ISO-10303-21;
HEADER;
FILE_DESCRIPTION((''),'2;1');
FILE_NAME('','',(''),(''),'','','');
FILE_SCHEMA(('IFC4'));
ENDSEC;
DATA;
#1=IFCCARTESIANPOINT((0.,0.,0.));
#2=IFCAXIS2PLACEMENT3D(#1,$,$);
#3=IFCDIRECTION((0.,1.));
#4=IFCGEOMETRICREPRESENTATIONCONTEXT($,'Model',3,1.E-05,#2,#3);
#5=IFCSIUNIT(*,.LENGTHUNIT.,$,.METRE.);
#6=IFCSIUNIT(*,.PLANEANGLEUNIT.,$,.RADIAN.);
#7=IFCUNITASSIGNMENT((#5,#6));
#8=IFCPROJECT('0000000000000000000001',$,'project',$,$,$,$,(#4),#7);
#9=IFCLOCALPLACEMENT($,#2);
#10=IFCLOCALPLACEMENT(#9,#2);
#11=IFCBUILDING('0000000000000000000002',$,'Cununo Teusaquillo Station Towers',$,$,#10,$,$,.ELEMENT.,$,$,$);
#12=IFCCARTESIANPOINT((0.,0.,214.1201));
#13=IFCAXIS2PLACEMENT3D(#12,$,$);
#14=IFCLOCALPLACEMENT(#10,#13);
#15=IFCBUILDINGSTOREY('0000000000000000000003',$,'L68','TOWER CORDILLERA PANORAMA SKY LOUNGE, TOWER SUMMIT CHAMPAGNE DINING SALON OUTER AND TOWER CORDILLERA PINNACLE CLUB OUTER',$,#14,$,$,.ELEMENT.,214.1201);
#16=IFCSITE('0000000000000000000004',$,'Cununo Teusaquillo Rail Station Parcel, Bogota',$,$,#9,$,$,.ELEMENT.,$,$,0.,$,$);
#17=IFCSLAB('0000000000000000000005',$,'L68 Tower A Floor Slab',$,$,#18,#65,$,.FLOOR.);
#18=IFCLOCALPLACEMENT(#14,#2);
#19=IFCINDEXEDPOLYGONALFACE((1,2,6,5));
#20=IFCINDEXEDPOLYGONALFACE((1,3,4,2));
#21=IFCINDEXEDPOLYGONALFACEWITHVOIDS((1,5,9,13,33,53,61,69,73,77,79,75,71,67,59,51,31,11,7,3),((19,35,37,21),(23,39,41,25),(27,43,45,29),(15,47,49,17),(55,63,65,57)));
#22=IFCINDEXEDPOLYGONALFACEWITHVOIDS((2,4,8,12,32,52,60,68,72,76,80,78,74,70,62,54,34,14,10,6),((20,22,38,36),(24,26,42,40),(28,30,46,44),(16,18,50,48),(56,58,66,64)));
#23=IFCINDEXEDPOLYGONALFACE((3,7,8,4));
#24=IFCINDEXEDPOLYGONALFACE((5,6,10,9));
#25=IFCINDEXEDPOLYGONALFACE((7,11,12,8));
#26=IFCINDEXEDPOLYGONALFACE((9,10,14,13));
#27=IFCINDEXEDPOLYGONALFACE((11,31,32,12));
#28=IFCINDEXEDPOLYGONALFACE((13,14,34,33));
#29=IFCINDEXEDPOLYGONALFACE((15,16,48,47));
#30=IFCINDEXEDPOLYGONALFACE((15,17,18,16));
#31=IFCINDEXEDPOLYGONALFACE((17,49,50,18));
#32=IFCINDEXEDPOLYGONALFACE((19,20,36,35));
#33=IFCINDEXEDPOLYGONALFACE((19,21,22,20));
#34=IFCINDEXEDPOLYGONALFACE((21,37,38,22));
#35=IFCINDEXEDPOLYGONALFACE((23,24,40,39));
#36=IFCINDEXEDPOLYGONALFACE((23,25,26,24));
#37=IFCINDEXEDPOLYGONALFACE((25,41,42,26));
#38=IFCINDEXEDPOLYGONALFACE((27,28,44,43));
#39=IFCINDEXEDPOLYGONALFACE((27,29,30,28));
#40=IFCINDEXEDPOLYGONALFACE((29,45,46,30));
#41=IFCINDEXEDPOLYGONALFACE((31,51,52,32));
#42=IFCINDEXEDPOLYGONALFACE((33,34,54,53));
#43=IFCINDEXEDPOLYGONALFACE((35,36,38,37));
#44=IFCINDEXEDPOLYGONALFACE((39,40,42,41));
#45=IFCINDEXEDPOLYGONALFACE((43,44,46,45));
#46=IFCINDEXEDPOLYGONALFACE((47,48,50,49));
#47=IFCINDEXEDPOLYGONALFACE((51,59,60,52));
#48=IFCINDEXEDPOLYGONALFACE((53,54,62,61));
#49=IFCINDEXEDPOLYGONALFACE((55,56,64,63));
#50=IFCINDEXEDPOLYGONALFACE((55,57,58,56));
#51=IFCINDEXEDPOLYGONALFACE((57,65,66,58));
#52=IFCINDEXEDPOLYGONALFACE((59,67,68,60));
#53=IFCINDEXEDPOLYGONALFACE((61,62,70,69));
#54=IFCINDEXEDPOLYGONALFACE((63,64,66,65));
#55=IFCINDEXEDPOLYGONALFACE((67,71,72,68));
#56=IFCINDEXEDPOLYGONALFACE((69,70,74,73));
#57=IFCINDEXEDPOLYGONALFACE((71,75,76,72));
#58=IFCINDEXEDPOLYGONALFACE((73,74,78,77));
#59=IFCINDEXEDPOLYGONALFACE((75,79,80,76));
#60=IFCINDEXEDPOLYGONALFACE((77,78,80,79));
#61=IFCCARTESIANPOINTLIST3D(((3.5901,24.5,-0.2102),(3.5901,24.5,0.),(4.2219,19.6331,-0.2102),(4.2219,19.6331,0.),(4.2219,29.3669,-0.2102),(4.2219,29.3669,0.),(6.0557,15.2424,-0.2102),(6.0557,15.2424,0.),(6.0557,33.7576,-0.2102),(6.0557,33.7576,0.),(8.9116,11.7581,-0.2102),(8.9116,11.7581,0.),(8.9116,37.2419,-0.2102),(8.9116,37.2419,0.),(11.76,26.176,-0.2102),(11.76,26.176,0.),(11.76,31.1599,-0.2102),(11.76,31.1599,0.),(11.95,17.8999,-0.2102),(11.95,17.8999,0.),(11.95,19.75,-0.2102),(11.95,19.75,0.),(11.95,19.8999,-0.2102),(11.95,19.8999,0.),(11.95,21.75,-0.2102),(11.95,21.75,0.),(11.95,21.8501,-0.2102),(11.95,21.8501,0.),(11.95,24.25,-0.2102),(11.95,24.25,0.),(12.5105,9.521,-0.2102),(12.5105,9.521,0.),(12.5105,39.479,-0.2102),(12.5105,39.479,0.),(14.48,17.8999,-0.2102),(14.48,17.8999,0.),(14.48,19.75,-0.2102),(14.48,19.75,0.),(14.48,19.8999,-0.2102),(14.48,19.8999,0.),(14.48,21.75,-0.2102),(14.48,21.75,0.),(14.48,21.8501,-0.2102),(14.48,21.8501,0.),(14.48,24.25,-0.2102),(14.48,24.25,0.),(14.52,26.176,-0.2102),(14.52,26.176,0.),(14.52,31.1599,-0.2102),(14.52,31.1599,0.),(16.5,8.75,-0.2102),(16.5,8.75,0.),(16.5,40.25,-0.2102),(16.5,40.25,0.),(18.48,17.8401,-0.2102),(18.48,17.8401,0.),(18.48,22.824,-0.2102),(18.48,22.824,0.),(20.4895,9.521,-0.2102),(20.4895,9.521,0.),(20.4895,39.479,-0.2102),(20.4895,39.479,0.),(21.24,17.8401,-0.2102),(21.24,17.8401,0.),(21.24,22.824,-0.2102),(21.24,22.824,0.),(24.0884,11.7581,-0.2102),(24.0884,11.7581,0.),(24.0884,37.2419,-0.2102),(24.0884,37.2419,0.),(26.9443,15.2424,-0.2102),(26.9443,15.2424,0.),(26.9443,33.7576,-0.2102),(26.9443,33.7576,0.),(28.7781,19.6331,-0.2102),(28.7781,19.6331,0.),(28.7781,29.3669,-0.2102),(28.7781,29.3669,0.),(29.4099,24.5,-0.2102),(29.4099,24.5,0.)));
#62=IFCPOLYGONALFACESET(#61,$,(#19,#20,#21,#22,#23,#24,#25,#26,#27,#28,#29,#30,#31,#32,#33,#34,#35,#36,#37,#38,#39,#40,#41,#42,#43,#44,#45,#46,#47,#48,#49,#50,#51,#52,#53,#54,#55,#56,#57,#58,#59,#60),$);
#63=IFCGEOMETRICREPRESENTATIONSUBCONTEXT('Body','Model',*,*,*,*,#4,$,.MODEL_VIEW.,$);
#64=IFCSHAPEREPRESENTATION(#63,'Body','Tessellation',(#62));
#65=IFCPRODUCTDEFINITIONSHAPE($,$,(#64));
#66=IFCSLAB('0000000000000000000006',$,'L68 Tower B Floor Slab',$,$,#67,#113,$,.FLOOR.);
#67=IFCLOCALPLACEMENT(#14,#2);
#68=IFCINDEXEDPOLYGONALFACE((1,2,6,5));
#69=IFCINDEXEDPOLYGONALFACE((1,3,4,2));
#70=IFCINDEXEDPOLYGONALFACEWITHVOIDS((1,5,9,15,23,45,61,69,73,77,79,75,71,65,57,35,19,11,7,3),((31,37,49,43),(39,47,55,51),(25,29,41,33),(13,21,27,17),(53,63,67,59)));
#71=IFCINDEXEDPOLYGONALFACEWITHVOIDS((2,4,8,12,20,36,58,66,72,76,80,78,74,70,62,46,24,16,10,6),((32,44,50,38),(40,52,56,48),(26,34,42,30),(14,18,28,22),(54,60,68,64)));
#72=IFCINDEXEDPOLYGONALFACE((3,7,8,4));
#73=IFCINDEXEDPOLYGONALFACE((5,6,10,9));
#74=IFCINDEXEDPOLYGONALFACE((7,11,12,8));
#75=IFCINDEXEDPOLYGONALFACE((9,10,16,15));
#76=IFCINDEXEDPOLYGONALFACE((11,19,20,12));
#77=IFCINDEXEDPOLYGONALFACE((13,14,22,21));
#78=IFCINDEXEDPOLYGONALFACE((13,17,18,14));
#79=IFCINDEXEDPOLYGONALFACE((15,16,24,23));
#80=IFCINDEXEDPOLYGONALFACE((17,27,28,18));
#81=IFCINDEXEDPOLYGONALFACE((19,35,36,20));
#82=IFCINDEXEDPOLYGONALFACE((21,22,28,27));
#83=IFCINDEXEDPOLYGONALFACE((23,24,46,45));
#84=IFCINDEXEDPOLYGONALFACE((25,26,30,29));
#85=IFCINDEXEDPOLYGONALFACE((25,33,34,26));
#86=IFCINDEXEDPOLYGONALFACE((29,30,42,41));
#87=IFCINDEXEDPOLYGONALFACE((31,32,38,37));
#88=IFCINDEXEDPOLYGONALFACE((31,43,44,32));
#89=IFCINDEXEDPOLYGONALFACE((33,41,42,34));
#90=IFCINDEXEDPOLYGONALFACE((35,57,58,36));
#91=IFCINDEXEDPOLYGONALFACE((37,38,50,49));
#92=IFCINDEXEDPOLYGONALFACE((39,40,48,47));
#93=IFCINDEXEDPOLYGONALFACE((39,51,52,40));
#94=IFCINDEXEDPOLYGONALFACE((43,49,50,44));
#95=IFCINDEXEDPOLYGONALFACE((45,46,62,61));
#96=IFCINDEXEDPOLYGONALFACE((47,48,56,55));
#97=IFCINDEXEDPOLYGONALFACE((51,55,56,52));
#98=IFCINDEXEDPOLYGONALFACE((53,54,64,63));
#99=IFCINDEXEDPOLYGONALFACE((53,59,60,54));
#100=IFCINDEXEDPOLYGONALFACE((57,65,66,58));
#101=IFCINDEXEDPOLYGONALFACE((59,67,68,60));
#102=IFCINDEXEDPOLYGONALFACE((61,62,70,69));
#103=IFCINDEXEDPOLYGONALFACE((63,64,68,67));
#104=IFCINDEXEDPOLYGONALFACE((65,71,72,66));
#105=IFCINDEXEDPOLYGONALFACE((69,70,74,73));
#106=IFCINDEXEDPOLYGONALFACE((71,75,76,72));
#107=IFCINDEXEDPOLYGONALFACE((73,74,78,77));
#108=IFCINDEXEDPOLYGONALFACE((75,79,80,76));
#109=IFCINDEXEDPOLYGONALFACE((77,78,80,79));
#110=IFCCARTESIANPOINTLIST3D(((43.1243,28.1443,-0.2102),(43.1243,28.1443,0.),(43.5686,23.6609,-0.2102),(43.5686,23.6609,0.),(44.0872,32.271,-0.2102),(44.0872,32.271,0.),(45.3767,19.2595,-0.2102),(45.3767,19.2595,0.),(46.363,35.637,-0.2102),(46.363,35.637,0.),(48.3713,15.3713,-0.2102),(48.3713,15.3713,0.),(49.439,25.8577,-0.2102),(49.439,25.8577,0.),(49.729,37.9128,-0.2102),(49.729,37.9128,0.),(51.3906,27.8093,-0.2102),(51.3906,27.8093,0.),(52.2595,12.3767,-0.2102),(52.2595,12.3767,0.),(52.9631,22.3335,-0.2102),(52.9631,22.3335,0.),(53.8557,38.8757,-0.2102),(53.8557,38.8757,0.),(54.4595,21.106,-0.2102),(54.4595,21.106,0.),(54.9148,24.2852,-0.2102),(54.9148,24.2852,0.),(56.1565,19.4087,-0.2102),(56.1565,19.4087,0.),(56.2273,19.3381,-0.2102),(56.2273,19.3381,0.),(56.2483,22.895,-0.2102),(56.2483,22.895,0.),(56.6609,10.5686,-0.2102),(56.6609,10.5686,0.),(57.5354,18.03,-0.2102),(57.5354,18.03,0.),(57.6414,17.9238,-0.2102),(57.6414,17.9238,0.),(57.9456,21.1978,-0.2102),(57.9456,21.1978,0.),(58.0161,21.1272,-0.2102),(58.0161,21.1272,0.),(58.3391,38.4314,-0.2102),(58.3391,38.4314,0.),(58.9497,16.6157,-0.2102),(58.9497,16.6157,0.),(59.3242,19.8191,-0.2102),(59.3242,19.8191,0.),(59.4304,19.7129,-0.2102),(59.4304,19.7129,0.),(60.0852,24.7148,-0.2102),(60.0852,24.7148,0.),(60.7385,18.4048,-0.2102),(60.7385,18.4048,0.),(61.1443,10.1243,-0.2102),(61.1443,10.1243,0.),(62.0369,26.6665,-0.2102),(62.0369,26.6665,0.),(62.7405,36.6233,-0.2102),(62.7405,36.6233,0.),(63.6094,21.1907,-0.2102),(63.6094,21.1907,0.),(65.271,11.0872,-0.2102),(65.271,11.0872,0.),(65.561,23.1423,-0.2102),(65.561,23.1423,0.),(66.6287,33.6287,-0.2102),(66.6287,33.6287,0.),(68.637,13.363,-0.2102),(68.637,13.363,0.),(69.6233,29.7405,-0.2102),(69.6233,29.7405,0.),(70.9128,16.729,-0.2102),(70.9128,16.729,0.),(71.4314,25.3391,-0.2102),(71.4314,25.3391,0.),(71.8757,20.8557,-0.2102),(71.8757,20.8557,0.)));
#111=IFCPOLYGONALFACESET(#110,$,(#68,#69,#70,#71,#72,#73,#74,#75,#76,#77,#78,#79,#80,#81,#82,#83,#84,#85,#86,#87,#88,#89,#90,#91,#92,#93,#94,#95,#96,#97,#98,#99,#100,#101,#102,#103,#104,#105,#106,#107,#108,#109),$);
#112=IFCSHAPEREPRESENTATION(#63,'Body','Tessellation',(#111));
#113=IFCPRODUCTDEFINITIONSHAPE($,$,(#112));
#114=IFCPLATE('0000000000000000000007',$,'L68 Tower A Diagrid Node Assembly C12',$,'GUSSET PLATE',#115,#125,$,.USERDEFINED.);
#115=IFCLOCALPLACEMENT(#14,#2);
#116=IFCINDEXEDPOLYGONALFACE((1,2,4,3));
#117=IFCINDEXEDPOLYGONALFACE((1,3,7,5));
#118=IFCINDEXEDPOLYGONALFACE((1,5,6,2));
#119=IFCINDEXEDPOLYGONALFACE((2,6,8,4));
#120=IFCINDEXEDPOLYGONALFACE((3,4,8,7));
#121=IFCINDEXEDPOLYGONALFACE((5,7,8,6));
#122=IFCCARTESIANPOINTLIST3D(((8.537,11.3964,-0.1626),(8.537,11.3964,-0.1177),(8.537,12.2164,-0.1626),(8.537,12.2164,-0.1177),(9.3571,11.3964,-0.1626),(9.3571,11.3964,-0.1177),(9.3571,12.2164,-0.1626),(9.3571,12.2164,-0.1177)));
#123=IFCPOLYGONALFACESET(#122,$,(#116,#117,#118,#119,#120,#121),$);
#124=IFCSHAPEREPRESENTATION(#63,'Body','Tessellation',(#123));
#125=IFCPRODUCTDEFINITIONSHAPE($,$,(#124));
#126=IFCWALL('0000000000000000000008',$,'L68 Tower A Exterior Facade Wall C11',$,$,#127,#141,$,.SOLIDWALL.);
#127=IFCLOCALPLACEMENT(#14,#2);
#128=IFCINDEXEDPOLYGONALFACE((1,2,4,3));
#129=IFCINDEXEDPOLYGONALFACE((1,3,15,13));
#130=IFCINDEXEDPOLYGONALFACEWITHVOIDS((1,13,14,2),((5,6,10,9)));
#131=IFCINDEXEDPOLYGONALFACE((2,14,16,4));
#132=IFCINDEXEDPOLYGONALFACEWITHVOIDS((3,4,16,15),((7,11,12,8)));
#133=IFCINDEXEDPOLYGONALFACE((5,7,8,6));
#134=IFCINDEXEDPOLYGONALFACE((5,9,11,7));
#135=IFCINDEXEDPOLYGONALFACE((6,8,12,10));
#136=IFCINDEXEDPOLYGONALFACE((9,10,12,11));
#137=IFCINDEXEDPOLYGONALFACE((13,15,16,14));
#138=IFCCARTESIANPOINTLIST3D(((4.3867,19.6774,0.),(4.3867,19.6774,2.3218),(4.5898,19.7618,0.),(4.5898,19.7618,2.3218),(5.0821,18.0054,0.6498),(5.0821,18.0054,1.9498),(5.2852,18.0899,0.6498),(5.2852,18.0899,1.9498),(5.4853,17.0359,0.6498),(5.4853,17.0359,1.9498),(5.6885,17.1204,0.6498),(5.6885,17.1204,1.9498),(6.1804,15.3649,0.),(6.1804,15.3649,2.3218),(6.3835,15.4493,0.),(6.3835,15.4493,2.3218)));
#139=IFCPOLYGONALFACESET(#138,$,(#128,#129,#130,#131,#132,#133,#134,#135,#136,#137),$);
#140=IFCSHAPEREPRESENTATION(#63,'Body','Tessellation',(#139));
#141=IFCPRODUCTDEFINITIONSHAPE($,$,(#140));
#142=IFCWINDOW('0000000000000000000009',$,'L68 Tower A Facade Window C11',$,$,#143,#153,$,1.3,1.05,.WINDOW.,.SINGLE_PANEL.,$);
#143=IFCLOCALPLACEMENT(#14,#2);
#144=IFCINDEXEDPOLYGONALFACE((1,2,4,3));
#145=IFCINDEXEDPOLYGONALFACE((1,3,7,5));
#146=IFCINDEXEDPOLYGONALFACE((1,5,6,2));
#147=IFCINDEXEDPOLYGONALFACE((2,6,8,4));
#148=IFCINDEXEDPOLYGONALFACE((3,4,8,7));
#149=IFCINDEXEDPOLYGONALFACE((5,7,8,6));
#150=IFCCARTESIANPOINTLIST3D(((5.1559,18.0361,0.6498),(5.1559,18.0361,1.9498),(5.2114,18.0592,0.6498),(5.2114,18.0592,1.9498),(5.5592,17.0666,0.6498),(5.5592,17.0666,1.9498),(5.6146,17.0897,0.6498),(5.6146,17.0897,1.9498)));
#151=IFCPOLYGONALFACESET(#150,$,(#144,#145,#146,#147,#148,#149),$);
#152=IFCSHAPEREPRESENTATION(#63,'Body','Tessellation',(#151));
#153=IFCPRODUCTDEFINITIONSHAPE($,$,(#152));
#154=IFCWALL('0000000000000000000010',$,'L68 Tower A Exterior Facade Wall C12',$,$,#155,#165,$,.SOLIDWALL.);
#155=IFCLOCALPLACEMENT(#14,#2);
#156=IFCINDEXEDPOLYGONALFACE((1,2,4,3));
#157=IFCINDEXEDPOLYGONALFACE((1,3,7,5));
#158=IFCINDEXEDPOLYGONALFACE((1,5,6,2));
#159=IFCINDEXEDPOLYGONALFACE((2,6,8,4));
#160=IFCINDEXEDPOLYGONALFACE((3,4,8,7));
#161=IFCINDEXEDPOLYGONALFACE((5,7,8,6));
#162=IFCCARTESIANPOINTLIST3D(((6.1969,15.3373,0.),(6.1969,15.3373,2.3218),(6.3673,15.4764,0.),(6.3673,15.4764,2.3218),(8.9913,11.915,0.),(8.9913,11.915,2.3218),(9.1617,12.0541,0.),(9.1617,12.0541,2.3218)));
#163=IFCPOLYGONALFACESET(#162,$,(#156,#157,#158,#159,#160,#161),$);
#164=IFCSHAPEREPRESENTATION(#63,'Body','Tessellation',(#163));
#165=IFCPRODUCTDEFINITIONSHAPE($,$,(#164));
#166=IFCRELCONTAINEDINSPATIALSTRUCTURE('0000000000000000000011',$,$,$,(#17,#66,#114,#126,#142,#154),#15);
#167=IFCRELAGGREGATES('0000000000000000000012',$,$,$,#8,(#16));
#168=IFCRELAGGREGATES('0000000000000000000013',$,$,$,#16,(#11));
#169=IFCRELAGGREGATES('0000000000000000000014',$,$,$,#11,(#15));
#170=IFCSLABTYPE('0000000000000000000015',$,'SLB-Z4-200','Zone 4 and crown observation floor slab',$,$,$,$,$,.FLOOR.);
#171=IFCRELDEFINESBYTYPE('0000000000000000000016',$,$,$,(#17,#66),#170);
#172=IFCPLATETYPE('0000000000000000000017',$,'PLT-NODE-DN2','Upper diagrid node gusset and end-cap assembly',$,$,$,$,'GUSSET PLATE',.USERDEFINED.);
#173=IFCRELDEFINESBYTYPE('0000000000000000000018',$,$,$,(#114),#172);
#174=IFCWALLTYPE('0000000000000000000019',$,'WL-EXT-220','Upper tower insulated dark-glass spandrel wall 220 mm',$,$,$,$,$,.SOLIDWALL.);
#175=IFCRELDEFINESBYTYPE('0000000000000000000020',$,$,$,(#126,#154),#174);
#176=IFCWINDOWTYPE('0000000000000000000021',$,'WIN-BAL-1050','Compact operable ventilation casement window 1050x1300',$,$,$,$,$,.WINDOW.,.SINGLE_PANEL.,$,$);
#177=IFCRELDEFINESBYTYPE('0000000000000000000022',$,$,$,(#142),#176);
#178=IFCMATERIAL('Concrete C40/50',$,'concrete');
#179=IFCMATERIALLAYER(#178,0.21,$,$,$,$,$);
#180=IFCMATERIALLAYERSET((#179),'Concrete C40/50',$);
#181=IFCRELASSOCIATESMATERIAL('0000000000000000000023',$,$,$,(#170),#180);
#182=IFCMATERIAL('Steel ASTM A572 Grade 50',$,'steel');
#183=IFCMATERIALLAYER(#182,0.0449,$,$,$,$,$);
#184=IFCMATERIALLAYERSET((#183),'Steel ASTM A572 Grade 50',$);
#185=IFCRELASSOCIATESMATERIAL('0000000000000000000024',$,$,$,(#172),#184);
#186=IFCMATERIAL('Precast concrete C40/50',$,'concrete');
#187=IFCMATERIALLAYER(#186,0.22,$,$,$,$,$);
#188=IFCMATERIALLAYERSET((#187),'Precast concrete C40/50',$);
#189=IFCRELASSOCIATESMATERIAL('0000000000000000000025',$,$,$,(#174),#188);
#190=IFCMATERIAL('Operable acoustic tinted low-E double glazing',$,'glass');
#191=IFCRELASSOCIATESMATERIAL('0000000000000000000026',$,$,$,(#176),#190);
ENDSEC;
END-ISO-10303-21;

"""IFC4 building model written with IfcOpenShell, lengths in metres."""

from ifc_helpers import new_model, si_unit, direction, frame, frame_2d, origin, origin_2d, place, context, subcontext, project, spatial, polyline, rectangle, outline, extrude, source, transform, mapped, material, layer, layer_set, type_object, element, fill, save


model = new_model("IFC4")

# Units and contexts
model_context = context("Model", 3, precision=1e-05, world=origin(), true_north=direction((0.0, 1.0)))
body_context = subcontext(model_context, "Body", "Model", "MODEL_VIEW")
ifc_project = project(units=[si_unit("LENGTHUNIT", "METRE"), si_unit("PLANEANGLEUNIT", "RADIAN")], contexts=[model_context])

# Site, building, storey
site_placement = place(None, origin())
site = spatial("IfcSite", under=ifc_project, at=site_placement, Name="Cununo Teusaquillo Rail Station Parcel, Bogota", CompositionType="ELEMENT", RefElevation=0.0)
building_placement = place(site_placement, origin())
building = spatial("IfcBuilding", under=site, at=building_placement, Name="Cununo Teusaquillo Station Towers", CompositionType="ELEMENT")
storey_placement = place(building_placement, frame((0.0, 0.0, 214.1201)))
storey = spatial("IfcBuildingStorey", under=building, at=storey_placement, Name="L68", Description="TOWER CORDILLERA PANORAMA SKY LOUNGE, TOWER SUMMIT CHAMPAGNE DINING SALON OUTER AND TOWER CORDILLERA PINNACLE CLUB OUTER", CompositionType="ELEMENT", Elevation=214.1201)

# Slabs
ifc_material_1 = material(Name="Concrete C40/50", Category="concrete")
ifc_layer_1 = layer(ifc_material_1, 0.21)
ifc_layer_set_1 = layer_set([ifc_layer_1], Name="Concrete C40/50")
slab_type_1 = type_object("IfcSlabType", Name="SLB-Z4-200", Description="Zone 4 and crown observation floor slab", PredefinedType="FLOOR", material=ifc_layer_set_1)
slab_1_placement = place(storey_placement, frame((0.0, 0.0, -0.2102)))
element("IfcSlab", 1, at=slab_1_placement, inside=storey, type_object=slab_type_1, Name="L68 Tower A Floor Slab", PredefinedType="FLOOR", context=body_context, shape_type="SweptSolid", body=[
    extrude(outline(polyline([(29.4099, 24.5), (28.7781, 29.3669), (26.9443, 33.7576), (24.0884, 37.2419), (20.4895, 39.479), (16.5, 40.25), (12.5105, 39.479), (8.9116, 37.2419), (6.0557, 33.7576), (4.2219, 29.3669), (3.5901, 24.5), (4.2219, 19.6331), (6.0557, 15.2424), (8.9116, 11.7581), (12.5105, 9.521), (16.5, 8.75), (20.4895, 9.521), (24.0884, 11.7581), (26.9443, 15.2424), (28.7781, 19.6331), (29.4099, 24.5)]), holes=[polyline([(14.52, 26.176), (14.52, 31.1599), (11.76, 31.1599), (11.76, 26.176), (14.52, 26.176)]), polyline([(18.48, 22.824), (18.48, 17.8401), (21.24, 17.8401), (21.24, 22.824), (18.48, 22.824)]), polyline([(11.95, 21.8501), (14.48, 21.8501), (14.48, 24.25), (11.95, 24.25), (11.95, 21.8501)]), polyline([(11.95, 17.8999), (14.48, 17.8999), (14.48, 19.75), (11.95, 19.75), (11.95, 17.8999)]), polyline([(11.95, 19.8999), (14.48, 19.8999), (14.48, 21.75), (11.95, 21.75), (11.95, 19.8999)])]), origin(), (0.0, 0.0, 1.0), 0.2102),
])
slab_2_placement = place(storey_placement, frame((0.0, 0.0, -0.2102)))
element("IfcSlab", 2, at=slab_2_placement, inside=storey, type_object=slab_type_1, Name="L68 Tower B Floor Slab", PredefinedType="FLOOR", context=body_context, shape_type="SweptSolid", body=[
    extrude(outline(polyline([(66.6287, 33.6287), (62.7405, 36.6233), (58.3391, 38.4314), (53.8557, 38.8757), (49.729, 37.9128), (46.363, 35.637), (44.0872, 32.271), (43.1243, 28.1443), (43.5686, 23.6609), (45.3767, 19.2595), (48.3713, 15.3713), (52.2595, 12.3767), (56.6609, 10.5686), (61.1443, 10.1243), (65.271, 11.0872), (68.637, 13.363), (70.9128, 16.729), (71.8757, 20.8557), (71.4314, 25.3391), (69.6233, 29.7405), (66.6287, 33.6287)]), holes=[polyline([(54.9148, 24.2852), (51.3906, 27.8093), (49.439, 25.8577), (52.9631, 22.3335), (54.9148, 24.2852)]), polyline([(60.0852, 24.7148), (63.6094, 21.1907), (65.561, 23.1423), (62.0369, 26.6665), (60.0852, 24.7148)]), polyline([(56.1565, 19.4087), (57.9456, 21.1978), (56.2483, 22.895), (54.4595, 21.106), (56.1565, 19.4087)]), polyline([(58.9497, 16.6157), (60.7385, 18.4048), (59.4304, 19.7129), (57.6414, 17.9238), (58.9497, 16.6157)]), polyline([(57.5354, 18.03), (59.3242, 19.8191), (58.0161, 21.1272), (56.2273, 19.3381), (57.5354, 18.03)])]), origin(), (0.0, 0.0, 1.0), 0.2102),
])

# Plate
ifc_material_2 = material(Name="Steel ASTM A572 Grade 50", Category="steel")
ifc_layer_2 = layer(ifc_material_2, 0.0449)
ifc_layer_set_2 = layer_set([ifc_layer_2], Name="Steel ASTM A572 Grade 50")
plate_type = type_object("IfcPlateType", Name="PLT-NODE-DN2", Description="Upper diagrid node gusset and end-cap assembly", ElementType="GUSSET PLATE", PredefinedType="USERDEFINED", material=ifc_layer_set_2)
shared_shape_1 = source(origin(), body_context, "Body", "SweptSolid", [
    extrude(rectangle(XDim=0.8201, YDim=0.8201, at=origin_2d()), origin(), (0.0, 0.0, 1.0), 0.0449),
])
plate_placement = place(storey_placement, frame((8.947, 11.8064, -0.1626), z_axis=(0.0, 0.0, 1.0), x_axis=(1.0, 0.0, 0.0)))
element("IfcPlate", 3, at=plate_placement, inside=storey, type_object=plate_type, Name="L68 Tower A Diagrid Node Assembly C12", ObjectType="GUSSET PLATE", PredefinedType="USERDEFINED", context=body_context, shape_type="MappedRepresentation", body=[
    mapped(shared_shape_1, transform((0.0, 0.0, 0.0), x_axis=(1.0, 0.0, 0.0), y_axis=(0.0, 1.0, 0.0), z_axis=(0.0, 0.0, 1.0), scale=1.0)),
])

# Wall, opening, window
ifc_material_3 = material(Name="Precast concrete C40/50", Category="concrete")
ifc_layer_3 = layer(ifc_material_3, 0.22)
ifc_layer_set_3 = layer_set([ifc_layer_3], Name="Precast concrete C40/50")
wall_type_1 = type_object("IfcWallType", Name="WL-EXT-220", Description="Upper tower insulated dark-glass spandrel wall 220 mm", PredefinedType="SOLIDWALL", material=ifc_layer_set_3)
wall_1_placement = place(storey_placement, frame((6.282, 15.407, 0.0), z_axis=(0.0, 0.0, 1.0), x_axis=(-0.384036, 0.923318, 0.0)))
wall_1 = element("IfcWall", 4, at=wall_1_placement, inside=storey, type_object=wall_type_1, Name="L68 Tower A Exterior Facade Wall C11", PredefinedType="SOLIDWALL", context=body_context, shape_type="SweptSolid", body=[
    extrude(rectangle(XDim=4.6707, YDim=0.22, at=frame_2d((2.3354, 0.0))), origin(), (0.0, 0.0, 1.0), 2.3218),
])
shared_shape_2 = source(origin(), body_context, "Body", "SweptSolid", [
    extrude(rectangle(XDim=1.05, YDim=1.3, at=frame_2d((0.5249, 0.6499))), frame((0.0, 0.1199, 0.0), z_axis=(0.0, -1.0, 0.0), x_axis=(1.0, 0.0, 0.0)), (0.0, 0.0, 1.0), 0.24),
])
opening_1_placement = place(wall_1_placement, frame((1.8101, 0.0, 0.6499)))
opening_1 = element("IfcOpeningElement", 5, at=opening_1_placement, cuts=wall_1, PredefinedType="OPENING", context=body_context, shape_type="MappedRepresentation", body=[
    mapped(shared_shape_2, transform((0.0, 0.0, 0.0), x_axis=(1.0, 0.0, 0.0), y_axis=(0.0, 1.0, 0.0), z_axis=(0.0, 0.0, 1.0), scale=1.0)),
])
ifc_material_4 = material(Name="Operable acoustic tinted low-E double glazing", Category="glass")
window_type = type_object("IfcWindowType", Name="WIN-BAL-1050", Description="Compact operable ventilation casement window 1050x1300", PartitioningType="SINGLE_PANEL", PredefinedType="WINDOW", material=ifc_material_4)
shared_shape_3 = source(origin(), body_context, "Body", "SweptSolid", [
    extrude(rectangle(XDim=1.05, YDim=1.3, at=frame_2d((0.5249, 0.6499))), frame((0.0, 0.03, 0.0), z_axis=(0.0, -1.0, 0.0), x_axis=(1.0, 0.0, 0.0)), (0.0, 0.0, 1.0), 0.0601),
])
window_1_placement = place(opening_1_placement, origin())
window_1 = element("IfcWindow", 6, at=window_1_placement, inside=storey, type_object=window_type, Name="L68 Tower A Facade Window C11", OverallHeight=1.3, OverallWidth=1.05, PartitioningType="SINGLE_PANEL", PredefinedType="WINDOW", context=body_context, shape_type="MappedRepresentation", body=[
    mapped(shared_shape_3, transform((0.0, 0.0, 0.0), x_axis=(1.0, 0.0, 0.0), y_axis=(0.0, 1.0, 0.0), z_axis=(0.0, 0.0, 1.0), scale=1.0)),
])
fill(opening_1, window_1)

# Wall
wall_2_placement = place(storey_placement, frame((9.0764, 11.9846, 0.0), z_axis=(0.0, 0.0, 1.0), x_axis=(-0.632467, 0.774587, 0.0)))
element("IfcWall", 7, at=wall_2_placement, inside=storey, type_object=wall_type_1, Name="L68 Tower A Exterior Facade Wall C12", PredefinedType="SOLIDWALL", context=body_context, shape_type="SweptSolid", body=[
    extrude(rectangle(XDim=4.4182, YDim=0.22, at=frame_2d((2.209, 0.0))), origin(), (0.0, 0.0, 1.0), 2.3218),
])

save(model, "model.ifc")
